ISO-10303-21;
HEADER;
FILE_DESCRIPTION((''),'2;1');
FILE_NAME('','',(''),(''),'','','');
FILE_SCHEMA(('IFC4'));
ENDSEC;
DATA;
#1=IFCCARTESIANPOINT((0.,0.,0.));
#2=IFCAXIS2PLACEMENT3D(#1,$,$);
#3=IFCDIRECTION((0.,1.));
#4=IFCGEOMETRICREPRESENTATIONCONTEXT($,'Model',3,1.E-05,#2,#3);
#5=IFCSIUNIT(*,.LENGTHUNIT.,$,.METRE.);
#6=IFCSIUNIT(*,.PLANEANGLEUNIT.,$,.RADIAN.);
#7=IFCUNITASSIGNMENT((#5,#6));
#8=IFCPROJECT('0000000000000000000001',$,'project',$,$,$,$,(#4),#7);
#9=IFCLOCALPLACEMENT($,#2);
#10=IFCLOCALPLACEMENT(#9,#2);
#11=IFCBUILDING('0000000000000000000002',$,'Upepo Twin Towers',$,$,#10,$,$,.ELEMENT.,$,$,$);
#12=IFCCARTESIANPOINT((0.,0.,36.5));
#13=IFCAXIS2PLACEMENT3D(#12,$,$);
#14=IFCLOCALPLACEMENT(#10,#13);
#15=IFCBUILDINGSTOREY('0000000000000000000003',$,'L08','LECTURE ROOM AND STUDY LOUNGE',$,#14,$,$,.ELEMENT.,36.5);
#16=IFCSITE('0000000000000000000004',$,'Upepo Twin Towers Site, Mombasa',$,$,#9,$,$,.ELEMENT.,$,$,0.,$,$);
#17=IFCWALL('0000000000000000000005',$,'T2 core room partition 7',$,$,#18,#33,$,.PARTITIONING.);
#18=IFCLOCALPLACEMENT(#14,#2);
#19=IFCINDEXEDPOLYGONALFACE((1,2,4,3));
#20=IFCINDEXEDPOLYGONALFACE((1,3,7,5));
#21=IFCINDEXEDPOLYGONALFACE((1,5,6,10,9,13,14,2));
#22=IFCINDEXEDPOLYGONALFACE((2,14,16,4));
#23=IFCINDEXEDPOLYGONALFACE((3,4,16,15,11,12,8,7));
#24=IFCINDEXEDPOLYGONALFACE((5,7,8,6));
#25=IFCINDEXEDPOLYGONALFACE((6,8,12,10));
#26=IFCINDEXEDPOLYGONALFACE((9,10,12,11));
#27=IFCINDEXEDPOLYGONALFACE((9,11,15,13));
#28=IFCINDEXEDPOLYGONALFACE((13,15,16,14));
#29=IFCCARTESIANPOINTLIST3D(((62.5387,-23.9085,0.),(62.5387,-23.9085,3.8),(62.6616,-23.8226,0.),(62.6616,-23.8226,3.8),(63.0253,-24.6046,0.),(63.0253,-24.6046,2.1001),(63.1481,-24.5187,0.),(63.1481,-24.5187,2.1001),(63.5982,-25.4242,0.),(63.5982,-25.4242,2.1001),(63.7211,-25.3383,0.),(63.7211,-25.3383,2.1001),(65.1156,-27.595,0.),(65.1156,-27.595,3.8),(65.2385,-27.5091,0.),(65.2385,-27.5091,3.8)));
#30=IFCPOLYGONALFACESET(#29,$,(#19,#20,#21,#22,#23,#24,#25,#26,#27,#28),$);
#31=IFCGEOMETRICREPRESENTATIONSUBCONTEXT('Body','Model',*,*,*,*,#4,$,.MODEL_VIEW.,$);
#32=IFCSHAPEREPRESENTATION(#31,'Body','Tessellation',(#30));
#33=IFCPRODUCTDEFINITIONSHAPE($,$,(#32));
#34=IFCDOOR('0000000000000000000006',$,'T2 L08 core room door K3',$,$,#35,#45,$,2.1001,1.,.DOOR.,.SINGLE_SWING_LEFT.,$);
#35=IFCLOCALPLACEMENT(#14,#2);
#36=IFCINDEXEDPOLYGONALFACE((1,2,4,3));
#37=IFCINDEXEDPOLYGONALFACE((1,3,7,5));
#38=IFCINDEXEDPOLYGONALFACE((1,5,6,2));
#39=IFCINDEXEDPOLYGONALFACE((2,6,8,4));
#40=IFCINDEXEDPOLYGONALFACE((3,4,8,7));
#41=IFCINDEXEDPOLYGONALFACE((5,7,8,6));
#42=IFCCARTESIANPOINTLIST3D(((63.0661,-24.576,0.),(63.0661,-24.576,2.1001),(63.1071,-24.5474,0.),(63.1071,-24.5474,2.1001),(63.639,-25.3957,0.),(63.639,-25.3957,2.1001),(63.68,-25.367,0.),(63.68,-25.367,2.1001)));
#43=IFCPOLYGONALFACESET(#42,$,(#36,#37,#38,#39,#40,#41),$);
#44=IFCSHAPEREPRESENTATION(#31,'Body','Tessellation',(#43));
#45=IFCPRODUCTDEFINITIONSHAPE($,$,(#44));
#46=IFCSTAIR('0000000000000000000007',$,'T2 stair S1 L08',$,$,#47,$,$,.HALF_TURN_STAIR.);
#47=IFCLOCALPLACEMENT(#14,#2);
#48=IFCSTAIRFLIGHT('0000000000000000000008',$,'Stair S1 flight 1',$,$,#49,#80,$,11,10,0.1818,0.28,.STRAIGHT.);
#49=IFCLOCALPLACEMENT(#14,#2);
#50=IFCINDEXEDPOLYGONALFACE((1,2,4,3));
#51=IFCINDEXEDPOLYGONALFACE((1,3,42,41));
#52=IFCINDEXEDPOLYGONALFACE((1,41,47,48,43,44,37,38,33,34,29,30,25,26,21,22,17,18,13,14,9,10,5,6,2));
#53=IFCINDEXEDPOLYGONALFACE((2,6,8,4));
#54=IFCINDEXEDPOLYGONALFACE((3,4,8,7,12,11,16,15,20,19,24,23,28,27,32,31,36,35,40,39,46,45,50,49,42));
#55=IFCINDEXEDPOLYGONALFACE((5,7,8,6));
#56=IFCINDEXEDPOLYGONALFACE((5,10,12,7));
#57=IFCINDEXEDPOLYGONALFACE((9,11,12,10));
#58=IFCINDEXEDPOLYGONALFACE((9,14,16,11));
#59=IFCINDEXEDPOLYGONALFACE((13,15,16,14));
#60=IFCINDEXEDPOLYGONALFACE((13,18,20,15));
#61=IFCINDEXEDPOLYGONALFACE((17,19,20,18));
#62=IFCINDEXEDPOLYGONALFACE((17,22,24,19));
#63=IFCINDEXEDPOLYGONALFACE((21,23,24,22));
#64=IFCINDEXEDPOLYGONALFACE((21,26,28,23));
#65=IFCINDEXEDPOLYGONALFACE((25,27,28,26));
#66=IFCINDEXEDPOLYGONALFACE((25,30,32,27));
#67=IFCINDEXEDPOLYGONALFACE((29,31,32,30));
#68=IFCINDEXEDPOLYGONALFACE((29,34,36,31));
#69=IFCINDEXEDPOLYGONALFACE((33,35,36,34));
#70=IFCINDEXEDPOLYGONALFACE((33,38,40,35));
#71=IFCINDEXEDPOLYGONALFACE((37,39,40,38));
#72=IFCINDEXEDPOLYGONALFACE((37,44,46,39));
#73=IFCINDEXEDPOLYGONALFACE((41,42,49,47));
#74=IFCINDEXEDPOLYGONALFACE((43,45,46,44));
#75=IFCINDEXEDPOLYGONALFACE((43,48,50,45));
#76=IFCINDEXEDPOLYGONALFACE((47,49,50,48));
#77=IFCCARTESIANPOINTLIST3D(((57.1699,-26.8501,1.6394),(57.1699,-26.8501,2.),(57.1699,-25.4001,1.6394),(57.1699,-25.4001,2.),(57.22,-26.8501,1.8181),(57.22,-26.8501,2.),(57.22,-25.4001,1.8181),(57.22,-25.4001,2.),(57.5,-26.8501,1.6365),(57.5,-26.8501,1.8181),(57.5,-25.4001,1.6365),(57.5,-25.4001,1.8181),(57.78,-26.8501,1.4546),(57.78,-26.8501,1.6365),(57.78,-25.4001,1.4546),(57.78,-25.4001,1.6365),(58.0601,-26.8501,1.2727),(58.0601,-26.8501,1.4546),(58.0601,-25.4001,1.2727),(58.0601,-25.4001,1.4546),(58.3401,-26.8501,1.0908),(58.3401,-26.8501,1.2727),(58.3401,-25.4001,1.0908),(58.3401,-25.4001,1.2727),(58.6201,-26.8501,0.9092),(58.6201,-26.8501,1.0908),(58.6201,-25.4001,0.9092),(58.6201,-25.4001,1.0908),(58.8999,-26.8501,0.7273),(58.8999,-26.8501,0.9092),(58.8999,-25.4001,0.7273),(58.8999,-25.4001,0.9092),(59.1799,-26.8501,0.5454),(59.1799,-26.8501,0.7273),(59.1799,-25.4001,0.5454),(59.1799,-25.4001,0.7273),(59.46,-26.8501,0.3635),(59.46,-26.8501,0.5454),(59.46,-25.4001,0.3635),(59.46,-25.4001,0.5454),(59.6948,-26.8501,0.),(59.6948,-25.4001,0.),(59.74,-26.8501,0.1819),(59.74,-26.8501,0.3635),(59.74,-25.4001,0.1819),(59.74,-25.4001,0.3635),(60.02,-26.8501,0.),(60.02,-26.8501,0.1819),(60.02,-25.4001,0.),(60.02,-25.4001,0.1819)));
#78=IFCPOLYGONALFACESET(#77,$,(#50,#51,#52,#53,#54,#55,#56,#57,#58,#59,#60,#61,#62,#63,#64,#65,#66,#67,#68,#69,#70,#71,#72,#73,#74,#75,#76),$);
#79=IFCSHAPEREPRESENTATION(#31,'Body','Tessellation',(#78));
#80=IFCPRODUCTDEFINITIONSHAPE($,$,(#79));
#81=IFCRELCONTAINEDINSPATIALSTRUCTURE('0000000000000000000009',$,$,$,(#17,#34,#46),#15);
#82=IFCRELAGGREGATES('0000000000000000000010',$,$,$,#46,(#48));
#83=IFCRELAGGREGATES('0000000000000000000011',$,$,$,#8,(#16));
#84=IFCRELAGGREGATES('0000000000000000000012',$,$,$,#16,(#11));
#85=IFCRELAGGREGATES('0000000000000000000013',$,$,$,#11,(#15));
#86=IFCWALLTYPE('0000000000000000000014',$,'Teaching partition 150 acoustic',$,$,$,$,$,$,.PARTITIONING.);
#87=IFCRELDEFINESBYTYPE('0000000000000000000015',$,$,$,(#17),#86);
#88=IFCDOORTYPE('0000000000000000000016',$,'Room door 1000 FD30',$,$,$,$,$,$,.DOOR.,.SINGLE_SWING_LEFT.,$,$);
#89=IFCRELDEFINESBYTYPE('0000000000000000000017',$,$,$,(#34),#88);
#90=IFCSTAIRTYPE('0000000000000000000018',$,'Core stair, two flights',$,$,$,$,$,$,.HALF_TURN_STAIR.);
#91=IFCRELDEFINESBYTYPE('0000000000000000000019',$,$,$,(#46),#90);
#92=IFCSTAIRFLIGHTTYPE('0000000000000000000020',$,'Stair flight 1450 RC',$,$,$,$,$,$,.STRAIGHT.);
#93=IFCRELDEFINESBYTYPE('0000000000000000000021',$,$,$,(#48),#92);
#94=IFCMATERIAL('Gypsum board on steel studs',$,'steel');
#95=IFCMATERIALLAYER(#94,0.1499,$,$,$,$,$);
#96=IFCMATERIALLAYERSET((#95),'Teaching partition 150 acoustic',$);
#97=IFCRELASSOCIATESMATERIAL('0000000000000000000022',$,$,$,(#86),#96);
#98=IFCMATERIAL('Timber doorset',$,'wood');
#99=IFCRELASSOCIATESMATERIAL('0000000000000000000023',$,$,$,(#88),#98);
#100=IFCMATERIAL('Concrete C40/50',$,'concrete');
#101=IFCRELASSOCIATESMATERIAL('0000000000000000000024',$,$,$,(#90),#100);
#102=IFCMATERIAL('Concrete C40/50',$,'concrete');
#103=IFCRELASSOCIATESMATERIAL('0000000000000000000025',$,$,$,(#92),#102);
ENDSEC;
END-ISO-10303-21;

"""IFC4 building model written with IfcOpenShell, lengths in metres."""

from ifc_helpers import new_model, si_unit, direction, frame, frame_2d, origin, place, context, subcontext, project, spatial, polyline, rectangle, outline, extrude, material, layer, layer_set, type_object, element, fill, aggregate, save


model = new_model("IFC4")

# Units and contexts
model_context = context("Model", 3, precision=1e-05, world=origin(), true_north=direction((0.0, 1.0)))
body_context = subcontext(model_context, "Body", "Model", "MODEL_VIEW")
ifc_project = project(units=[si_unit("LENGTHUNIT", "METRE"), si_unit("PLANEANGLEUNIT", "RADIAN")], contexts=[model_context])

# Site, building, storey
site_placement = place(None, origin())
site = spatial("IfcSite", under=ifc_project, at=site_placement, Name="Upepo Twin Towers Site, Mombasa", CompositionType="ELEMENT", RefElevation=0.0)
building_placement = place(site_placement, origin())
building = spatial("IfcBuilding", under=site, at=building_placement, Name="Upepo Twin Towers", CompositionType="ELEMENT")
storey_placement = place(building_placement, frame((0.0, 0.0, 36.5)))
storey = spatial("IfcBuildingStorey", under=building, at=storey_placement, Name="L08", Description="LECTURE ROOM AND STUDY LOUNGE", CompositionType="ELEMENT", Elevation=36.5)

# Wall, opening, door
ifc_material_1 = material(Name="Gypsum board on steel studs", Category="steel")
ifc_layer_1 = layer(ifc_material_1, 0.1499)
ifc_layer_set_1 = layer_set([ifc_layer_1], Name="Teaching partition 150 acoustic")
wall_type_1 = type_object("IfcWallType", Name="Teaching partition 150 acoustic", PredefinedType="PARTITIONING", material=ifc_layer_set_1)
ifc_material_2 = material(Name="Timber doorset", Category="wood")
door_type_1 = type_object("IfcDoorType", Name="Room door 1000 FD30", OperationType="SINGLE_SWING_LEFT", PredefinedType="DOOR", material=ifc_material_2)
wall_1_placement = place(storey_placement, frame((62.6001, -23.8655, 0.0), z_axis=(0.0, 0.0, 1.0), x_axis=(0.572916, -0.819614, 0.0)))
wall_1 = element("IfcWall", 1, at=wall_1_placement, inside=storey, type_object=wall_type_1, Name="T2 core room partition 7", PredefinedType="PARTITIONING", context=body_context, shape_type="SweptSolid", body=[
    extrude(rectangle(XDim=4.4978, YDim=0.1499, at=frame_2d((2.249, 0.0))), origin(), (0.0, 0.0, 1.0), 3.8),
])
opening_1_placement = place(wall_1_placement, frame((0.8494, 0.0, 0.0)))
opening_1 = element("IfcOpeningElement", 2, at=opening_1_placement, cuts=wall_1, PredefinedType="OPENING", context=body_context, shape_type="SweptSolid", body=[
    extrude(rectangle(XDim=1.0, YDim=2.1001, at=frame_2d((0.5, 1.05))), frame((0.0, 0.085, 0.0), z_axis=(0.0, -1.0, 0.0), x_axis=(1.0, 0.0, 0.0)), (0.0, 0.0, 1.0), 0.1699),
])
door_1_placement = place(opening_1_placement, origin())
door_1 = element("IfcDoor", 3, at=door_1_placement, inside=storey, type_object=door_type_1, Name="T2 L08 core room door K3", OperationType="SINGLE_SWING_LEFT", OverallHeight=2.1001, OverallWidth=1.0, PredefinedType="DOOR", context=body_context, shape_type="SweptSolid", body=[
    extrude(rectangle(XDim=1.0, YDim=2.1001, at=frame_2d((0.5, 1.05))), frame((0.0, 0.0249, 0.0), z_axis=(0.0, -1.0, 0.0), x_axis=(1.0, 0.0, 0.0)), (0.0, 0.0, 1.0), 0.05),
])
fill(opening_1, door_1)

# Stair, stair flight
ifc_material_3 = material(Name="Concrete C40/50", Category="concrete")
stair_type = type_object("IfcStairType", Name="Core stair, two flights", PredefinedType="HALF_TURN_STAIR", material=ifc_material_3)
stair_placement = place(storey_placement, origin())
stair = element("IfcStair", 4, at=stair_placement, inside=storey, type_object=stair_type, Name="T2 stair S1 L08", PredefinedType="HALF_TURN_STAIR")
ifc_material_4 = material(Name="Concrete C40/50", Category="concrete")
stair_flight_type = type_object("IfcStairFlightType", Name="Stair flight 1450 RC", PredefinedType="STRAIGHT", material=ifc_material_4)
stair_flight_placement = place(storey_placement, frame((60.02, -26.125, 0.0), z_axis=(0.0, 0.0, 1.0), x_axis=(-1.0, 0.0, 0.0)))
stair_flight = element("IfcStairFlight", 5, at=stair_flight_placement, type_object=stair_flight_type, Name="Stair S1 flight 1", NumberOfRisers=11, NumberOfTreads=10, PredefinedType="STRAIGHT", RiserHeight=0.1818, TreadLength=0.28, context=body_context, shape_type="SweptSolid", body=[
    extrude(outline(polyline([(0.0, 0.0), (0.0, 0.1819), (0.28, 0.1819), (0.28, 0.3635), (0.5601, 0.3635), (0.5601, 0.5454), (0.8401, 0.5454), (0.8401, 0.7273), (1.1201, 0.7273), (1.1201, 0.9092), (1.3999, 0.9092), (1.3999, 1.0908), (1.6799, 1.0908), (1.6799, 1.2727), (1.96, 1.2727), (1.96, 1.4546), (2.24, 1.4546), (2.24, 1.6365), (2.52, 1.6365), (2.52, 1.8181), (2.8, 1.8181), (2.8, 2.0), (2.8501, 2.0), (2.8501, 1.6394), (0.3252, 0.0), (0.0, 0.0)])), frame((0.0, 0.7251, 0.0), z_axis=(0.0, -1.0, 0.0), x_axis=(1.0, 0.0, 0.0)), (0.0, 0.0, 1.0), 1.45),
])
aggregate(stair, [stair_flight])

save(model, "model.ifc")
